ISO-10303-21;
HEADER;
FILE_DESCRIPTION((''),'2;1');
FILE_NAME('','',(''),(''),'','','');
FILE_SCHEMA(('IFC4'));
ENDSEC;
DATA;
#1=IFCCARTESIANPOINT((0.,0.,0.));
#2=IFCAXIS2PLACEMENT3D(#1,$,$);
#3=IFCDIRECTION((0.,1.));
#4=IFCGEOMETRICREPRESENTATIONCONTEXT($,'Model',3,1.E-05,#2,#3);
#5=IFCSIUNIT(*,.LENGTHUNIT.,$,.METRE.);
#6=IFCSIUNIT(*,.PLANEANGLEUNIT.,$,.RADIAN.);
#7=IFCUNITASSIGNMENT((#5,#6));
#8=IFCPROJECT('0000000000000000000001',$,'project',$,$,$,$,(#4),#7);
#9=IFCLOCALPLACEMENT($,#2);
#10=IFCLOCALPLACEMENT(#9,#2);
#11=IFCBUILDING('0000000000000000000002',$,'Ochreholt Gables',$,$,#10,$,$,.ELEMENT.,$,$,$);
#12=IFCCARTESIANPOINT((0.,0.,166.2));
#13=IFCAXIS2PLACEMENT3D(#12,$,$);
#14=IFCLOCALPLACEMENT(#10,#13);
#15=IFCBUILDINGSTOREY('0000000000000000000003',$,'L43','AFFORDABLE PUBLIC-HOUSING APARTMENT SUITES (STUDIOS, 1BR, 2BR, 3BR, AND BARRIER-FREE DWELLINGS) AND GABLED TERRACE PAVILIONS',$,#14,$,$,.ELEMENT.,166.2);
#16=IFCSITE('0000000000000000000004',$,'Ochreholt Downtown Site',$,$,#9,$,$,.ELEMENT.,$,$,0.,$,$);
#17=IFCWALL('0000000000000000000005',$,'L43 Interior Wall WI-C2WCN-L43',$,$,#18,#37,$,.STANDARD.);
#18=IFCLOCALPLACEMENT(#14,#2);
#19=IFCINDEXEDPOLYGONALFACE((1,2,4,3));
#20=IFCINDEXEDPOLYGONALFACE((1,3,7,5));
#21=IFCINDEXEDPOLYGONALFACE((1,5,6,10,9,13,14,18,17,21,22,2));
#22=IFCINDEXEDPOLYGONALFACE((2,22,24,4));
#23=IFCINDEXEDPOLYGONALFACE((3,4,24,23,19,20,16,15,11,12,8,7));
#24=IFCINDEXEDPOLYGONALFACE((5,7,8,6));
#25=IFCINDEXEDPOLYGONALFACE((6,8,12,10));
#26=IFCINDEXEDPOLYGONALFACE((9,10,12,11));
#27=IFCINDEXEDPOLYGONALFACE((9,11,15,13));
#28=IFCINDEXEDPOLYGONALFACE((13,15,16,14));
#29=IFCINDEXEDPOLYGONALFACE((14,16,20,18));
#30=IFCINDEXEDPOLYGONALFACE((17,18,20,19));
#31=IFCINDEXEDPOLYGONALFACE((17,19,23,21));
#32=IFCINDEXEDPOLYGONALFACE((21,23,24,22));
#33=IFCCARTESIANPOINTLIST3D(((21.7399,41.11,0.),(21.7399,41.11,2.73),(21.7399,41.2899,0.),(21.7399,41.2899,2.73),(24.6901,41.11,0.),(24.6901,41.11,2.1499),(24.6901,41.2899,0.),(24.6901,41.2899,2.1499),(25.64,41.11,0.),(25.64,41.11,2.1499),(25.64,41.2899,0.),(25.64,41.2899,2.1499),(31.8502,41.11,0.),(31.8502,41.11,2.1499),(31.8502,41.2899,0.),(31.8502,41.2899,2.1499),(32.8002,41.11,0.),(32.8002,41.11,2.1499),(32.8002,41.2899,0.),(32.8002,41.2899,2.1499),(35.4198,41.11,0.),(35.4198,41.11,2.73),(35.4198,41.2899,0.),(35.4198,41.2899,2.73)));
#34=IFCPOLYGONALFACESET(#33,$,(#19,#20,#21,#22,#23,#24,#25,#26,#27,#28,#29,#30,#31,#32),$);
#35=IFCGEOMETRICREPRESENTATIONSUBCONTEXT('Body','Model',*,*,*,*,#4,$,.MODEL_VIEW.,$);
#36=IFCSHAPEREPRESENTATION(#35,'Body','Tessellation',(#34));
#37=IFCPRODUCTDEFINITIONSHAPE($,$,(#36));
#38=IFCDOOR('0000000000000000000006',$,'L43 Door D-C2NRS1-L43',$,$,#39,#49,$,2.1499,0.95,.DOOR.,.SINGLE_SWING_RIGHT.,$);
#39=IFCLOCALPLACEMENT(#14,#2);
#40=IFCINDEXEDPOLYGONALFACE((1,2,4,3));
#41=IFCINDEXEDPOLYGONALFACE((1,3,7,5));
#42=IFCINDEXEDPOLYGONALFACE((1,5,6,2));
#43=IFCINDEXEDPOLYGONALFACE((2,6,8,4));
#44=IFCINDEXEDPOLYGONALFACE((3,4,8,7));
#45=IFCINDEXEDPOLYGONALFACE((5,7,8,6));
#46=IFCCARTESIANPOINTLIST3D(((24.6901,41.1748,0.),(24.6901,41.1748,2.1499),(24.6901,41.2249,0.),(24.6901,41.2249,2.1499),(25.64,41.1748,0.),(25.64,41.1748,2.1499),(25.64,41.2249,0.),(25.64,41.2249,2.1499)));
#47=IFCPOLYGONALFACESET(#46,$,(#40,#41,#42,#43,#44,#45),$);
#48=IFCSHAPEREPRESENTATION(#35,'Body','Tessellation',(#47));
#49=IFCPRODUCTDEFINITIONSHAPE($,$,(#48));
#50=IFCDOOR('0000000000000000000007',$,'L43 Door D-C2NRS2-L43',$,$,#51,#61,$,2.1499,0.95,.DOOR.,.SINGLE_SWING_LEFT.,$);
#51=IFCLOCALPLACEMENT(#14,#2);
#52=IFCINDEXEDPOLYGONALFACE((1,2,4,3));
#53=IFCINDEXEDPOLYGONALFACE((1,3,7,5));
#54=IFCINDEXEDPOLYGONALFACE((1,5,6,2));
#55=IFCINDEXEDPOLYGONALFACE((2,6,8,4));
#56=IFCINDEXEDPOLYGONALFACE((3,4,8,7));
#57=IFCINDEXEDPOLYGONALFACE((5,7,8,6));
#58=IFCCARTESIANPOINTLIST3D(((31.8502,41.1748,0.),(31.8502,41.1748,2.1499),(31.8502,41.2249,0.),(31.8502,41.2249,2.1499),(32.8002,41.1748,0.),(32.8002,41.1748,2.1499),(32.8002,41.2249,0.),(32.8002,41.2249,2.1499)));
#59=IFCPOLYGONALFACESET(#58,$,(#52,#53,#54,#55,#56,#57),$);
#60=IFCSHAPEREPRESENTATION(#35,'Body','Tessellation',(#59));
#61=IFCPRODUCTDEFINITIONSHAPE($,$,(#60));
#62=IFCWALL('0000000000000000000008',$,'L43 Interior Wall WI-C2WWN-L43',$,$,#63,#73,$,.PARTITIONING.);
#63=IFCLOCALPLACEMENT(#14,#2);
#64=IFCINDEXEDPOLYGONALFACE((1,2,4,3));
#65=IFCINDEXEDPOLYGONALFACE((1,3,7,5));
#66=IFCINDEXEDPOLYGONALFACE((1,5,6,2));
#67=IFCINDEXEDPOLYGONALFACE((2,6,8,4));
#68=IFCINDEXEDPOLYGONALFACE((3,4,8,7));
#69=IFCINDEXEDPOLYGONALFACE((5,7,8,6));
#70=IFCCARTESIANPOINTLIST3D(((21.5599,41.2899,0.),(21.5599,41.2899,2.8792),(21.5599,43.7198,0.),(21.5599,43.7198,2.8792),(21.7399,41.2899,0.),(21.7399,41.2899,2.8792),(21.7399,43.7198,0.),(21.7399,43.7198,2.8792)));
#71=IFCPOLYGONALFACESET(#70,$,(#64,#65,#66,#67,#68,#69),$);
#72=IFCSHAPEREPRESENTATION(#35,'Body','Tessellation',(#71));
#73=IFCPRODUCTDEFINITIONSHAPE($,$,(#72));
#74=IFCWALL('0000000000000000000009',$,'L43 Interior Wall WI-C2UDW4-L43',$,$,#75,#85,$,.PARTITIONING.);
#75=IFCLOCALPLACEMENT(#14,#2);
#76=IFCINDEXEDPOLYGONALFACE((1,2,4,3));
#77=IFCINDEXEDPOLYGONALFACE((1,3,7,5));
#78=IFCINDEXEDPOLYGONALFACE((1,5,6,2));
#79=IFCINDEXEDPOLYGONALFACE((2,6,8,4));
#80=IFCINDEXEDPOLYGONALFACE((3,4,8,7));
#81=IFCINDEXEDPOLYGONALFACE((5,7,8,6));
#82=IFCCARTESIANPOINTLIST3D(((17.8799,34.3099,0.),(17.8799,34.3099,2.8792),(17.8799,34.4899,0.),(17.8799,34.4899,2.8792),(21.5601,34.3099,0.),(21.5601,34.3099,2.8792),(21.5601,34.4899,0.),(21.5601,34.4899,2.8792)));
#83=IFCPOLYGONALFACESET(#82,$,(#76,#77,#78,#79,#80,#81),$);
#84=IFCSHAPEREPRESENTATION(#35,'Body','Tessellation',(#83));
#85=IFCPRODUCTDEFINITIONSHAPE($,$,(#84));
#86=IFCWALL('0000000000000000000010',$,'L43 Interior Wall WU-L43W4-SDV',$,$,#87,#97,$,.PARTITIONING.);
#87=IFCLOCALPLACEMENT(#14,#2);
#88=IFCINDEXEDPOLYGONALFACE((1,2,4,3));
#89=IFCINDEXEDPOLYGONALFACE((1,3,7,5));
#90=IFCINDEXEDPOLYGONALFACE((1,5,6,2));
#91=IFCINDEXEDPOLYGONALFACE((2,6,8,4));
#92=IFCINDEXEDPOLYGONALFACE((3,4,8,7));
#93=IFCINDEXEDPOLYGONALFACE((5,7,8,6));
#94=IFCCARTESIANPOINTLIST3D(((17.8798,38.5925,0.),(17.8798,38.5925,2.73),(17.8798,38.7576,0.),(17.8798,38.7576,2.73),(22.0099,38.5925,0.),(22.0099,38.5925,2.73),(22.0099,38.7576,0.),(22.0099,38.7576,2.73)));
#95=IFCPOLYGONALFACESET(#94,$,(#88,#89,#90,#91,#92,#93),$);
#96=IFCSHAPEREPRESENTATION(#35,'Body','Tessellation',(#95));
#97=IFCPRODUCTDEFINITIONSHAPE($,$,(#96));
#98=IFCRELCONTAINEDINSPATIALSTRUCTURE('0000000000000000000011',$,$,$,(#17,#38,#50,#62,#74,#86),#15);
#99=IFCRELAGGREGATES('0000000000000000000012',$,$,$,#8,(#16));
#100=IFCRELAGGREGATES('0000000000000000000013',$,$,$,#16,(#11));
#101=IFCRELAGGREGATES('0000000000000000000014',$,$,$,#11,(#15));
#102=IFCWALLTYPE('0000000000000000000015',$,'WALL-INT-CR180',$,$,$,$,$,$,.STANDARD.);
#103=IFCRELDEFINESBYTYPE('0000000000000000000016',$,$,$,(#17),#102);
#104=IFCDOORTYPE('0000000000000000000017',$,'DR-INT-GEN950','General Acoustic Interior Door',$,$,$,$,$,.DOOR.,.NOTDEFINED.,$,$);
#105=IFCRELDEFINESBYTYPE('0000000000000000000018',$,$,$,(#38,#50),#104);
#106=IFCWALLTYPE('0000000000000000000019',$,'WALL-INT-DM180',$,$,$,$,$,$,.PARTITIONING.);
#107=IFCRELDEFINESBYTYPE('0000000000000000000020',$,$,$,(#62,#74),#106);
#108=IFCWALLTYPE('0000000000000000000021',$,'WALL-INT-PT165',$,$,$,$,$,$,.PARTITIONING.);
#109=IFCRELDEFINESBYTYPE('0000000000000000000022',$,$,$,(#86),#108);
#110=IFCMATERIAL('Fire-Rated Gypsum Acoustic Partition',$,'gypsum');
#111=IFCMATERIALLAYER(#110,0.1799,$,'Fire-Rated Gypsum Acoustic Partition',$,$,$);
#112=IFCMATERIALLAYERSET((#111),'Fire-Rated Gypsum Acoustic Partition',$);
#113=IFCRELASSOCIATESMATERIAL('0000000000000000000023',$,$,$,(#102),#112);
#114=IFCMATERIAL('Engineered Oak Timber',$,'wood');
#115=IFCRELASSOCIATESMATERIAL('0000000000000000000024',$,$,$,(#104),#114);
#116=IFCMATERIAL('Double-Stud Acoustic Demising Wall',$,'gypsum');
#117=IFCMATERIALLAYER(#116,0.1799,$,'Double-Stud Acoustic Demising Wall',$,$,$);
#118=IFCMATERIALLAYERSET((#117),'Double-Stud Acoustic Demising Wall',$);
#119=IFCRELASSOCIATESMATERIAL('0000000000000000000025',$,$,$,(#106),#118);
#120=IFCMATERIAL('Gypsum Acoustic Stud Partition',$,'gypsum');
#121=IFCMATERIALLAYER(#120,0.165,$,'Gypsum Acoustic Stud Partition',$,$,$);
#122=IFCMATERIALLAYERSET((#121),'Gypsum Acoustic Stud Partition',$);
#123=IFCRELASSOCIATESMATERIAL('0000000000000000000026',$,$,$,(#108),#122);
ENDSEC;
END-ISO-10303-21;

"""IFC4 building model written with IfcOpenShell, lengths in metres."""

from ifc_helpers import new_model, si_unit, direction, frame, frame_2d, origin, place, context, subcontext, project, spatial, rectangle, extrude, material, layer, layer_set, type_object, element, fill, save


model = new_model("IFC4")

# Units and contexts
model_context = context("Model", 3, precision=1e-05, world=origin(), true_north=direction((0.0, 1.0)))
body_context = subcontext(model_context, "Body", "Model", "MODEL_VIEW")
ifc_project = project(units=[si_unit("LENGTHUNIT", "METRE"), si_unit("PLANEANGLEUNIT", "RADIAN")], contexts=[model_context])

# Site, building, storey
site_placement = place(None, origin())
site = spatial("IfcSite", under=ifc_project, at=site_placement, Name="Ochreholt Downtown Site", CompositionType="ELEMENT", RefElevation=0.0)
building_placement = place(site_placement, origin())
building = spatial("IfcBuilding", under=site, at=building_placement, Name="Ochreholt Gables", CompositionType="ELEMENT")
storey_placement = place(building_placement, frame((0.0, 0.0, 166.2)))
storey = spatial("IfcBuildingStorey", under=building, at=storey_placement, Name="L43", Description="AFFORDABLE PUBLIC-HOUSING APARTMENT SUITES (STUDIOS, 1BR, 2BR, 3BR, AND BARRIER-FREE DWELLINGS) AND GABLED TERRACE PAVILIONS", CompositionType="ELEMENT", Elevation=166.2)

# Wall, openings, doors
ifc_material_1 = material(Name="Fire-Rated Gypsum Acoustic Partition", Category="gypsum")
ifc_layer_1 = layer(ifc_material_1, 0.1799, Name="Fire-Rated Gypsum Acoustic Partition")
ifc_layer_set_1 = layer_set([ifc_layer_1], Name="Fire-Rated Gypsum Acoustic Partition")
wall_type_1 = type_object("IfcWallType", Name="WALL-INT-CR180", PredefinedType="STANDARD", material=ifc_layer_set_1)
wall_1_placement = place(storey_placement, frame((21.74, 41.2, 0.0), z_axis=(0.0, 0.0, 1.0), x_axis=(1.0, 0.0, 0.0)))
wall_1 = element("IfcWall", 1, at=wall_1_placement, inside=storey, type_object=wall_type_1, Name="L43 Interior Wall WI-C2WCN-L43", PredefinedType="STANDARD", context=body_context, shape_type="SweptSolid", body=[
    extrude(rectangle(XDim=13.6799, YDim=0.1799, at=frame_2d((6.8398, 0.0))), origin(), (0.0, 0.0, 1.0), 2.73),
])
opening_1_placement = place(wall_1_placement, frame((2.95, 0.0, 0.0)))
opening_1 = element("IfcOpeningElement", 2, at=opening_1_placement, cuts=wall_1, PredefinedType="OPENING", context=body_context, shape_type="SweptSolid", body=[
    extrude(rectangle(XDim=0.95, YDim=2.1499, at=frame_2d((0.4751, 1.075))), frame((0.0, 0.0999, 0.0), z_axis=(0.0, -1.0, 0.0), x_axis=(1.0, 0.0, 0.0)), (0.0, 0.0, 1.0), 0.2),
])
opening_2_placement = place(wall_1_placement, frame((10.1101, 0.0, 0.0)))
opening_2 = element("IfcOpeningElement", 3, at=opening_2_placement, cuts=wall_1, PredefinedType="OPENING", context=body_context, shape_type="SweptSolid", body=[
    extrude(rectangle(XDim=0.95, YDim=2.1499, at=frame_2d((0.4751, 1.075))), frame((0.0, 0.0999, 0.0), z_axis=(0.0, -1.0, 0.0), x_axis=(1.0, 0.0, 0.0)), (0.0, 0.0, 1.0), 0.2),
])
ifc_material_2 = material(Name="Engineered Oak Timber", Category="wood")
door_type = type_object("IfcDoorType", Name="DR-INT-GEN950", Description="General Acoustic Interior Door", OperationType="NOTDEFINED", PredefinedType="DOOR", material=ifc_material_2)
door_1_placement = place(opening_1_placement, origin())
door_1 = element("IfcDoor", 4, at=door_1_placement, inside=storey, type_object=door_type, Name="L43 Door D-C2NRS1-L43", OperationType="SINGLE_SWING_RIGHT", OverallHeight=2.1499, OverallWidth=0.95, PredefinedType="DOOR", context=body_context, shape_type="SweptSolid", body=[
    extrude(rectangle(XDim=0.95, YDim=2.1499, at=frame_2d((0.4751, 1.075))), frame((0.0, 0.0249, 0.0), z_axis=(0.0, -1.0, 0.0), x_axis=(1.0, 0.0, 0.0)), (0.0, 0.0, 1.0), 0.05),
])
fill(opening_1, door_1)
door_2_placement = place(opening_2_placement, origin())
door_2 = element("IfcDoor", 5, at=door_2_placement, inside=storey, type_object=door_type, Name="L43 Door D-C2NRS2-L43", OperationType="SINGLE_SWING_LEFT", OverallHeight=2.1499, OverallWidth=0.95, PredefinedType="DOOR", context=body_context, shape_type="SweptSolid", body=[
    extrude(rectangle(XDim=0.95, YDim=2.1499, at=frame_2d((0.4751, 1.075))), frame((0.0, 0.0249, 0.0), z_axis=(0.0, -1.0, 0.0), x_axis=(1.0, 0.0, 0.0)), (0.0, 0.0, 1.0), 0.05),
])
fill(opening_2, door_2)

# Walls
ifc_material_3 = material(Name="Double-Stud Acoustic Demising Wall", Category="gypsum")
ifc_layer_2 = layer(ifc_material_3, 0.1799, Name="Double-Stud Acoustic Demising Wall")
ifc_layer_set_2 = layer_set([ifc_layer_2], Name="Double-Stud Acoustic Demising Wall")
wall_type_2 = type_object("IfcWallType", Name="WALL-INT-DM180", PredefinedType="PARTITIONING", material=ifc_layer_set_2)
wall_2_placement = place(storey_placement, frame((21.6499, 41.29, 0.0), z_axis=(0.0, 0.0, 1.0), x_axis=(0.0, 1.0, 0.0)))
element("IfcWall", 6, at=wall_2_placement, inside=storey, type_object=wall_type_2, Name="L43 Interior Wall WI-C2WWN-L43", PredefinedType="PARTITIONING", context=body_context, shape_type="SweptSolid", body=[
    extrude(rectangle(XDim=2.4299, YDim=0.1799, at=frame_2d((1.2148, 0.0))), origin(), (0.0, 0.0, 1.0), 2.8792),
])
wall_3_placement = place(storey_placement, frame((17.8799, 34.3999, 0.0), z_axis=(0.0, 0.0, 1.0), x_axis=(1.0, 0.0, 0.0)))
element("IfcWall", 7, at=wall_3_placement, inside=storey, type_object=wall_type_2, Name="L43 Interior Wall WI-C2UDW4-L43", PredefinedType="PARTITIONING", context=body_context, shape_type="SweptSolid", body=[
    extrude(rectangle(XDim=3.6802, YDim=0.1799, at=frame_2d((1.8401, 0.0))), origin(), (0.0, 0.0, 1.0), 2.8792),
])
ifc_material_4 = material(Name="Gypsum Acoustic Stud Partition", Category="gypsum")
ifc_layer_3 = layer(ifc_material_4, 0.165, Name="Gypsum Acoustic Stud Partition")
ifc_layer_set_3 = layer_set([ifc_layer_3], Name="Gypsum Acoustic Stud Partition")
wall_type_3 = type_object("IfcWallType", Name="WALL-INT-PT165", PredefinedType="PARTITIONING", material=ifc_layer_set_3)
wall_4_placement = place(storey_placement, frame((17.8799, 38.675, 0.0), z_axis=(0.0, 0.0, 1.0), x_axis=(1.0, 0.0, 0.0)))
element("IfcWall", 8, at=wall_4_placement, inside=storey, type_object=wall_type_3, Name="L43 Interior Wall WU-L43W4-SDV", PredefinedType="PARTITIONING", context=body_context, shape_type="SweptSolid", body=[
    extrude(rectangle(XDim=4.1301, YDim=0.165, at=frame_2d((2.0649, 0.0))), origin(), (0.0, 0.0, 1.0), 2.73),
])

save(model, "model.ifc")
